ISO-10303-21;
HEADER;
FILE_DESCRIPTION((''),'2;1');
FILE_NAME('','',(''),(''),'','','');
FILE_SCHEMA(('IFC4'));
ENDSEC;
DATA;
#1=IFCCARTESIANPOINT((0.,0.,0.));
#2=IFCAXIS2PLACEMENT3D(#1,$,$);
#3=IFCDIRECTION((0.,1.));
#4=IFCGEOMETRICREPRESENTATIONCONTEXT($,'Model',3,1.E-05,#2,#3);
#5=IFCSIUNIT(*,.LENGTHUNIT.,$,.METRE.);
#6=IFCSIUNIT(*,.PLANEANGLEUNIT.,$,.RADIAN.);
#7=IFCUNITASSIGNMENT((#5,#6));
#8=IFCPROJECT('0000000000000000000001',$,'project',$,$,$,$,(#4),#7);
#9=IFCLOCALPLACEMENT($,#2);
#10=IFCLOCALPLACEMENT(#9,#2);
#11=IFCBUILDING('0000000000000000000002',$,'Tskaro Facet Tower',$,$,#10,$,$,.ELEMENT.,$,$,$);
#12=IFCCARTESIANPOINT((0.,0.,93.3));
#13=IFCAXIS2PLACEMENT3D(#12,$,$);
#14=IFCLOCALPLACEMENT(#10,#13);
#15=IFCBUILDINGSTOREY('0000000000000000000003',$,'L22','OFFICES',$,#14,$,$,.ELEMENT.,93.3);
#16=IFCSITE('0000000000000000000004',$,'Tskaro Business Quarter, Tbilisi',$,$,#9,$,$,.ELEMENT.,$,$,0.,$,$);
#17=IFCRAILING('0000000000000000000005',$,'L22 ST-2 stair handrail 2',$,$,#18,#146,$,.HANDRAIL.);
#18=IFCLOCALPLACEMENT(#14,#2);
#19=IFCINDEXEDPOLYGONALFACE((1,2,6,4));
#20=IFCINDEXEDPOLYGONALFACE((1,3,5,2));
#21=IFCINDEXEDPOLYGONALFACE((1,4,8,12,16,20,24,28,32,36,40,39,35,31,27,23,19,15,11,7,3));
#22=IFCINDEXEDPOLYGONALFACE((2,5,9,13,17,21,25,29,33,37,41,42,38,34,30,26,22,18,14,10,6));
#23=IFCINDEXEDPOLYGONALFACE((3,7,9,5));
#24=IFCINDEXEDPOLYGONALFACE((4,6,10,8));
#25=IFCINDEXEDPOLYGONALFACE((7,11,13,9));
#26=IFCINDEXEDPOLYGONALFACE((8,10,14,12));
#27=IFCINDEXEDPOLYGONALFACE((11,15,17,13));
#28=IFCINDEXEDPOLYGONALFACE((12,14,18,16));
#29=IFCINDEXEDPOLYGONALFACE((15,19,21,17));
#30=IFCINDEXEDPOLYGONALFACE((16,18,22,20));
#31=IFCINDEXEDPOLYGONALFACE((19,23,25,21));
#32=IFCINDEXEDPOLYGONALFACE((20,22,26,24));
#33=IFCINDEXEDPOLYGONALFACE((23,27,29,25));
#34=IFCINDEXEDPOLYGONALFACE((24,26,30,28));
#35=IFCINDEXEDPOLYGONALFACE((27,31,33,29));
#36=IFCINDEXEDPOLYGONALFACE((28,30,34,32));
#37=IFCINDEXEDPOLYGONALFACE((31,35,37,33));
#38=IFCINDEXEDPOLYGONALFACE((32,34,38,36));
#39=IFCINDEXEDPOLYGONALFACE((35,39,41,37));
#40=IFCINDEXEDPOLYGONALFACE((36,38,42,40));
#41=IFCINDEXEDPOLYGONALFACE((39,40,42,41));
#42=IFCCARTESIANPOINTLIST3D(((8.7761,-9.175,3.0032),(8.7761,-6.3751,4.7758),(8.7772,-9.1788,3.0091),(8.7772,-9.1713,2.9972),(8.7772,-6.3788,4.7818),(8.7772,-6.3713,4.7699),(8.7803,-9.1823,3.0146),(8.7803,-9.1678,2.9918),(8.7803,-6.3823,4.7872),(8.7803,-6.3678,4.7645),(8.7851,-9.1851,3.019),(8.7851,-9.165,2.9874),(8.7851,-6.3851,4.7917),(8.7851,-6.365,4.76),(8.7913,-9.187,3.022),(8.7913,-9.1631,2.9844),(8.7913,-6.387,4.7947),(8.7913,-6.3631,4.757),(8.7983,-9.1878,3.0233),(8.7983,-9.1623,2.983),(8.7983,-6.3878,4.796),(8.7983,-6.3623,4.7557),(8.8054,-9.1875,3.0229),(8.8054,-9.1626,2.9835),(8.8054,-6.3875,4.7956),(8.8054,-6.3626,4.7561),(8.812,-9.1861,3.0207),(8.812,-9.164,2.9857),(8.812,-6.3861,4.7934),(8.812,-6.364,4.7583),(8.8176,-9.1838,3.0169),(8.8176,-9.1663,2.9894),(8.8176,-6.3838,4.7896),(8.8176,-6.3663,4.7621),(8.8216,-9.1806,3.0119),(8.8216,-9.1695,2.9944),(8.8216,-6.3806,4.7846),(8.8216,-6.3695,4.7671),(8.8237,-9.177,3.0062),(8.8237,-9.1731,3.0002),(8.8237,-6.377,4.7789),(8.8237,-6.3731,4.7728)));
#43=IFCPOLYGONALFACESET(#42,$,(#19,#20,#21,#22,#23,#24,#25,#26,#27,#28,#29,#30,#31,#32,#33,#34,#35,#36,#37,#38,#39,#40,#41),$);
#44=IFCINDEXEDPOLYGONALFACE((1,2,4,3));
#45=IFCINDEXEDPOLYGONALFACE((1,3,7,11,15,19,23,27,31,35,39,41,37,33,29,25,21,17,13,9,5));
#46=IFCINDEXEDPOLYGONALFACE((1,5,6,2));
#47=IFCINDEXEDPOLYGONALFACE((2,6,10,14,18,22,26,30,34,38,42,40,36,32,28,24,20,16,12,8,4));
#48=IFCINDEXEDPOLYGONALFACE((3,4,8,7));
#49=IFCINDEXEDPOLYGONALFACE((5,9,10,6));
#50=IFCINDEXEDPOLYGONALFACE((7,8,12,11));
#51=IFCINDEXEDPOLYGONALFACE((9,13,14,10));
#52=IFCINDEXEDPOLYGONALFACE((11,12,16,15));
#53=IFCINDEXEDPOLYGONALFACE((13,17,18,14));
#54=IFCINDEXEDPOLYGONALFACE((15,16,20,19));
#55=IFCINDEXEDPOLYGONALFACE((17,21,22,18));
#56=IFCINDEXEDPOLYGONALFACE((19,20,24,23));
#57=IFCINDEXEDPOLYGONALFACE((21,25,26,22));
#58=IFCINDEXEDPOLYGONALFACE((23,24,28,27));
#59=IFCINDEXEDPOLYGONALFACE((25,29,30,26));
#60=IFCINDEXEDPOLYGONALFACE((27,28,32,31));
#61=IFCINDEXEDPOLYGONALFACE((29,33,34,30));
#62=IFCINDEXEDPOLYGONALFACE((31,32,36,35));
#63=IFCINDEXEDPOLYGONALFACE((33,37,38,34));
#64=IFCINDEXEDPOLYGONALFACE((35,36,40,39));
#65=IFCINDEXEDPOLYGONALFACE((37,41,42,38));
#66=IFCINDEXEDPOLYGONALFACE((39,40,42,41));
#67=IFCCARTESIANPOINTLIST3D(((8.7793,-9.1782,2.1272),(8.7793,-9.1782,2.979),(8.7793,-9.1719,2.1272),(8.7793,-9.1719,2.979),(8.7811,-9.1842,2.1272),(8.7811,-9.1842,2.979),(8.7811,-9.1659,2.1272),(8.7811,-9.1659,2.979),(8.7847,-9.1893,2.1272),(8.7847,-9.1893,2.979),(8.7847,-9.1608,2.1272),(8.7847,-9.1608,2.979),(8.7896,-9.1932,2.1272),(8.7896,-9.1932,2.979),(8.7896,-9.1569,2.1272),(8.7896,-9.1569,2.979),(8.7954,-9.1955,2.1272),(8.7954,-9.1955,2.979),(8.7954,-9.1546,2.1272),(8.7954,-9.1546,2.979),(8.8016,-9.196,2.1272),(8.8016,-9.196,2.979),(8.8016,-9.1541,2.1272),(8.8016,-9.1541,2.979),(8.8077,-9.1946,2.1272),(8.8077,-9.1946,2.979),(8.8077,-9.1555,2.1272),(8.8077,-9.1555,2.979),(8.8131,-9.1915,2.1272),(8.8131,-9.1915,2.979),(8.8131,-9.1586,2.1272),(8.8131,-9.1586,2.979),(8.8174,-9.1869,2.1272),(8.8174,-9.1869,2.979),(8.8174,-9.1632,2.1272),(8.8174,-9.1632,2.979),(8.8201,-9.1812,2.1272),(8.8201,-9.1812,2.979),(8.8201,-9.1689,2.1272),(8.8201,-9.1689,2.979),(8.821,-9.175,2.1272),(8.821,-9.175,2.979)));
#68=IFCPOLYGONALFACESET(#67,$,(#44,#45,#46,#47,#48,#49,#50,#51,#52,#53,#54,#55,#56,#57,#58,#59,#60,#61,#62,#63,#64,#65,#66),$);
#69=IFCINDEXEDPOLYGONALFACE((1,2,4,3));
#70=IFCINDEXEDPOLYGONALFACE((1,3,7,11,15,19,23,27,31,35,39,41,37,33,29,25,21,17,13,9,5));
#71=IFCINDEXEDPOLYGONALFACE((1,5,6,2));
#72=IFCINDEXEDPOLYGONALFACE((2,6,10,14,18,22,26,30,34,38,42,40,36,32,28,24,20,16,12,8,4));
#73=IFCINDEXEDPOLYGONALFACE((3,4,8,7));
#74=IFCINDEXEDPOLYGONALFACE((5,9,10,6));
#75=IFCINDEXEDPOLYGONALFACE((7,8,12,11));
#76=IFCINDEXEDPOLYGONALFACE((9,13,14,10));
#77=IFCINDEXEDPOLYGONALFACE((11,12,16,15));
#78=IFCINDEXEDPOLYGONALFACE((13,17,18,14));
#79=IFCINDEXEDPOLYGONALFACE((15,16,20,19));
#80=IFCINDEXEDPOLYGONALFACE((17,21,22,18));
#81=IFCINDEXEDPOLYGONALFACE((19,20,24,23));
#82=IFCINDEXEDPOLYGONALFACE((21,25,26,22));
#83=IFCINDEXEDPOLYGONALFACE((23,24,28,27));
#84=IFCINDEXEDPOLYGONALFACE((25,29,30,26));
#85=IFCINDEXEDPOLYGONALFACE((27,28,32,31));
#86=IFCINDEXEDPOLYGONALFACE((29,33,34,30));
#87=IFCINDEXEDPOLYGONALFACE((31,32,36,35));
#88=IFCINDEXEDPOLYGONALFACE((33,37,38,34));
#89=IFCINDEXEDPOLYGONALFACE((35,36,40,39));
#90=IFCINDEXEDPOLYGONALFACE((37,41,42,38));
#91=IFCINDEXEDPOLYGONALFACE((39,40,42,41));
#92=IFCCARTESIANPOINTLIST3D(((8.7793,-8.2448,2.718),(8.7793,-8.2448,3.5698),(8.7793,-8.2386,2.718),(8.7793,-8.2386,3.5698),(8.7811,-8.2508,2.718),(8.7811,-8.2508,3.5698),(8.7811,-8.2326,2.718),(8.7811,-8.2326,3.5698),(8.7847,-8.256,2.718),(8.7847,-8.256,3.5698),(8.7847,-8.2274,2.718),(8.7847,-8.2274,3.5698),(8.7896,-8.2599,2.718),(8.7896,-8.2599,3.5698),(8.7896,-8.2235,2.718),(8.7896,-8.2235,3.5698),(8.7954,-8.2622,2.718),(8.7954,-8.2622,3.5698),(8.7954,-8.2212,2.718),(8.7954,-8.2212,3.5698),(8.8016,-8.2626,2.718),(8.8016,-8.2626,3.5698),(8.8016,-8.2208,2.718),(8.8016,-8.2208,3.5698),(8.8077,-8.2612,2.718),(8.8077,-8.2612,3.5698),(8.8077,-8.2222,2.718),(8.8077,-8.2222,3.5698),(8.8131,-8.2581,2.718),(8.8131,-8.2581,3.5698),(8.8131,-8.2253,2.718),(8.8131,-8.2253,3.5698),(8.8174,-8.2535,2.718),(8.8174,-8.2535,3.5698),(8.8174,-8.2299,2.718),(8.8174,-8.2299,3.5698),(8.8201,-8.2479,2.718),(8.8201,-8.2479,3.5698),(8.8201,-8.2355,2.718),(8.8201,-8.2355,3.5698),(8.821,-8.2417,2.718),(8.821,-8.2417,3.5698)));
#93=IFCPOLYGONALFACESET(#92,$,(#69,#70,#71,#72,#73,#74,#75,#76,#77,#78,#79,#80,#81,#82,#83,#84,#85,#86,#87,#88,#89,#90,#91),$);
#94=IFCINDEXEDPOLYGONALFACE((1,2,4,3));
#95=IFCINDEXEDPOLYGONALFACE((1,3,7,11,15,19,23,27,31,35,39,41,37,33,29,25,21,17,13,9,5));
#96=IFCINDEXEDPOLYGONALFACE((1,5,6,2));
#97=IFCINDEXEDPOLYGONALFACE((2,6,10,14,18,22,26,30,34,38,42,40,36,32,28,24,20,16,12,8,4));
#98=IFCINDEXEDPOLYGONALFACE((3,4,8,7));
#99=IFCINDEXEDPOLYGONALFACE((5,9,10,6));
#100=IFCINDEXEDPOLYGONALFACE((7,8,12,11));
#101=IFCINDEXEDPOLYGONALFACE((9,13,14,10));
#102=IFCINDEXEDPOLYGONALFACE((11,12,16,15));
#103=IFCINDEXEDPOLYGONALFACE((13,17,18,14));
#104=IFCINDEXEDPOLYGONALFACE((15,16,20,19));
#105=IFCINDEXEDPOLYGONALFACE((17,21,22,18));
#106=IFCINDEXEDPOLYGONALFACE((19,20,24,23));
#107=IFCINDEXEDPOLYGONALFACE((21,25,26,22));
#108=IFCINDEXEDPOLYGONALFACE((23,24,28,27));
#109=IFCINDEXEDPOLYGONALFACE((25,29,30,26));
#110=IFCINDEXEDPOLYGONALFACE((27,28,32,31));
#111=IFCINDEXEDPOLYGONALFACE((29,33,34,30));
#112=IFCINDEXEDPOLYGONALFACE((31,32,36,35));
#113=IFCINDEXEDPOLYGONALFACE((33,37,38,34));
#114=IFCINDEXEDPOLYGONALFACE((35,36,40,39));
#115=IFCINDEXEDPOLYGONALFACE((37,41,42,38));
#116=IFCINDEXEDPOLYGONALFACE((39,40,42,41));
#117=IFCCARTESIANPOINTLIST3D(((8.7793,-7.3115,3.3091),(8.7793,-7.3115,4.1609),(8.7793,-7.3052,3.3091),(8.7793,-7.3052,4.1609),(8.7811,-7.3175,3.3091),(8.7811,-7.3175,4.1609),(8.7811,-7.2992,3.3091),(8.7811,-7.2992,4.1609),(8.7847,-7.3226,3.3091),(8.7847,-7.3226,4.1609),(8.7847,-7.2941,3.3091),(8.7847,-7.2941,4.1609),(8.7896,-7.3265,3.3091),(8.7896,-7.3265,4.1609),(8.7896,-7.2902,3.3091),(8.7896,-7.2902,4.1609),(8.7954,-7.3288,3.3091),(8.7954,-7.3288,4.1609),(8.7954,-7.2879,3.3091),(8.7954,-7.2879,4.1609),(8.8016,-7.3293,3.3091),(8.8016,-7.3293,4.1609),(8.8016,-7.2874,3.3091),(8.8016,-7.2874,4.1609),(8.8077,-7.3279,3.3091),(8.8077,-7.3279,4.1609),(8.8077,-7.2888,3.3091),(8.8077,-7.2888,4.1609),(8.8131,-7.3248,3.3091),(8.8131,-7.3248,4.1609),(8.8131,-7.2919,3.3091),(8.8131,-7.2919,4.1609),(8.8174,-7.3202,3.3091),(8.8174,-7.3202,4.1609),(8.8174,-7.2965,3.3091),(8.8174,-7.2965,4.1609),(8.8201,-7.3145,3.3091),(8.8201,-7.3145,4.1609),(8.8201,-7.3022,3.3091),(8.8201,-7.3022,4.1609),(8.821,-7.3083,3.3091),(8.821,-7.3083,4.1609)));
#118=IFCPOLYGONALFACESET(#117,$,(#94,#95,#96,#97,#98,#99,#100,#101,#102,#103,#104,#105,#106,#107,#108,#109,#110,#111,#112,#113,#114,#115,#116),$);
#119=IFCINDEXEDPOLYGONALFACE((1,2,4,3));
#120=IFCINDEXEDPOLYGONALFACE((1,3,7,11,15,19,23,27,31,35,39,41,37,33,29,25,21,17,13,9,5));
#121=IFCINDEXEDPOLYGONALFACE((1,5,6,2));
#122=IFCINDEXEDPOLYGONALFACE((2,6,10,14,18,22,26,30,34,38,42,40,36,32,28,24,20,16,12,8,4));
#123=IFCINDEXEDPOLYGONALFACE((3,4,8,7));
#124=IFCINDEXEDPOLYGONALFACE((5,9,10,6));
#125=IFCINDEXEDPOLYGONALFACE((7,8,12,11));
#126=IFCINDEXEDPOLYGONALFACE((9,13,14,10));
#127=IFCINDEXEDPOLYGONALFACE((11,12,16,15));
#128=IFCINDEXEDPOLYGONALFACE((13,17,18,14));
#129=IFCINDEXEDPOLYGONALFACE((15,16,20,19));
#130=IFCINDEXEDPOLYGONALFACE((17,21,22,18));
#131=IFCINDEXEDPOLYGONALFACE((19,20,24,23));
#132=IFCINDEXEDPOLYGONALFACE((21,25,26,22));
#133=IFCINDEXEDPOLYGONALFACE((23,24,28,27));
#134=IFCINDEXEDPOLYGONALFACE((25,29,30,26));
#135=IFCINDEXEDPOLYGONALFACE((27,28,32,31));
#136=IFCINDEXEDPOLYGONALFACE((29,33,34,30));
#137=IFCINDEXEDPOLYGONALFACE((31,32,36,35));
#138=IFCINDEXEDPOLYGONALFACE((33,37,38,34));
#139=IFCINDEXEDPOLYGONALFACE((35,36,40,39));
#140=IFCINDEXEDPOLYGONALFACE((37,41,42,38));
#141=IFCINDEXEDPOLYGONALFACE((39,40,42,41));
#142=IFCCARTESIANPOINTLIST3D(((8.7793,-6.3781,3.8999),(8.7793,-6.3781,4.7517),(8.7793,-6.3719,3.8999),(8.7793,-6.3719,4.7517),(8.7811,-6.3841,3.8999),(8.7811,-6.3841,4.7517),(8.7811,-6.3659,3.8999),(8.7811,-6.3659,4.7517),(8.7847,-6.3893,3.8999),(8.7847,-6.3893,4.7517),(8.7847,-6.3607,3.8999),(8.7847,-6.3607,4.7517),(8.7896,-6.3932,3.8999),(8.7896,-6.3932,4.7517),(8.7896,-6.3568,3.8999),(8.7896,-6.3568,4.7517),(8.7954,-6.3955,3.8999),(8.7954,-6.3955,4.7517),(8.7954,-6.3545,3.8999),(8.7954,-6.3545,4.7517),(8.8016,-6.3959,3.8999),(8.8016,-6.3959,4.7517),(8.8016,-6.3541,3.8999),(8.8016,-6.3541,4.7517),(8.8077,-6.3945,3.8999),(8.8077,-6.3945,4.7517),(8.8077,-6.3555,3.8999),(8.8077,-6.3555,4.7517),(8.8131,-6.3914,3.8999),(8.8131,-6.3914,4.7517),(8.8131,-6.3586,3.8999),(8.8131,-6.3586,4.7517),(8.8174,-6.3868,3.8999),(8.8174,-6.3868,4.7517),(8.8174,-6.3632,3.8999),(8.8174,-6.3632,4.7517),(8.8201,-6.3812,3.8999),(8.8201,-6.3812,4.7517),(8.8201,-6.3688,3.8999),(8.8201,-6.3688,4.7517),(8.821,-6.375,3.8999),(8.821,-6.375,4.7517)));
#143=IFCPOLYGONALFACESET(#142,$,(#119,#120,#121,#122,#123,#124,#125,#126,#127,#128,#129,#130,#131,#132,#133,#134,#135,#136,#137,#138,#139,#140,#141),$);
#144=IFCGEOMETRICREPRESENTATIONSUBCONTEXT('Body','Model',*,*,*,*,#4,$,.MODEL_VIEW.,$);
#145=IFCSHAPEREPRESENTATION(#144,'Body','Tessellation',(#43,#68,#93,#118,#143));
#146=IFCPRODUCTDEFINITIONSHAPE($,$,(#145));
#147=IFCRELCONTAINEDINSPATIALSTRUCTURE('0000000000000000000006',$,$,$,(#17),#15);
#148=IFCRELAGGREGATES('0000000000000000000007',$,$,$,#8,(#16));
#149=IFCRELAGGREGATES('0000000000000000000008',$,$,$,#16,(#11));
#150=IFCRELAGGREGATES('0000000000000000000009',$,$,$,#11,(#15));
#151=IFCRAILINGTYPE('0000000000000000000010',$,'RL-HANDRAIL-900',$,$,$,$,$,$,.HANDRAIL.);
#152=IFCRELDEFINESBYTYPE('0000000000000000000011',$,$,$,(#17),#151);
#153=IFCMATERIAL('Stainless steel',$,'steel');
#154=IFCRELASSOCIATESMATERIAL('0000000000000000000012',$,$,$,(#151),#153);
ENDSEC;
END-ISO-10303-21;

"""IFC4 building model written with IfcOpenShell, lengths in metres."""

from ifc_helpers import new_model, si_unit, direction, frame, origin, origin_2d, place, context, subcontext, project, spatial, circle, extrude, material, type_object, element, save


model = new_model("IFC4")

# Units and contexts
model_context = context("Model", 3, precision=1e-05, world=origin(), true_north=direction((0.0, 1.0)))
body_context = subcontext(model_context, "Body", "Model", "MODEL_VIEW")
ifc_project = project(units=[si_unit("LENGTHUNIT", "METRE"), si_unit("PLANEANGLEUNIT", "RADIAN")], contexts=[model_context])

# Site, building, storey
site_placement = place(None, origin())
site = spatial("IfcSite", under=ifc_project, at=site_placement, Name="Tskaro Business Quarter, Tbilisi", CompositionType="ELEMENT", RefElevation=0.0)
building_placement = place(site_placement, origin())
building = spatial("IfcBuilding", under=site, at=building_placement, Name="Tskaro Facet Tower", CompositionType="ELEMENT")
storey_placement = place(building_placement, frame((0.0, 0.0, 93.3)))
storey = spatial("IfcBuildingStorey", under=building, at=storey_placement, Name="L22", Description="OFFICES", CompositionType="ELEMENT", Elevation=93.3)

# Railing
ifc_material_1 = material(Name="Stainless steel", Category="steel")
railing_type_1 = type_object("IfcRailingType", Name="RL-HANDRAIL-900", PredefinedType="HANDRAIL", material=ifc_material_1)
railing_1_placement = place(storey_placement, frame((8.8, -9.175, 2.1272)))
element("IfcRailing", 1, at=railing_1_placement, inside=storey, type_object=railing_type_1, Name="L22 ST-2 stair handrail 2", PredefinedType="HANDRAIL", context=body_context, shape_type="SweptSolid", body=[
    extrude(circle(Radius=0.0239, at=origin_2d()), frame((0.0, 0.0, 0.876), z_axis=(0.0, 0.844909, 0.53491), x_axis=(-1.0, 0.0, 0.0)), (0.0, 0.0, 1.0), 3.314),
    extrude(circle(Radius=0.021, at=origin_2d()), origin(), (0.0, 0.0, 1.0), 0.8518),
    extrude(circle(Radius=0.021, at=origin_2d()), frame((0.0, 0.9333, 0.5908)), (0.0, 0.0, 1.0), 0.8518),
    extrude(circle(Radius=0.021, at=origin_2d()), frame((0.0, 1.8667, 1.1819)), (0.0, 0.0, 1.0), 0.8518),
    extrude(circle(Radius=0.021, at=origin_2d()), frame((0.0, 2.8, 1.7727)), (0.0, 0.0, 1.0), 0.8518),
])

save(model, "model.ifc")
